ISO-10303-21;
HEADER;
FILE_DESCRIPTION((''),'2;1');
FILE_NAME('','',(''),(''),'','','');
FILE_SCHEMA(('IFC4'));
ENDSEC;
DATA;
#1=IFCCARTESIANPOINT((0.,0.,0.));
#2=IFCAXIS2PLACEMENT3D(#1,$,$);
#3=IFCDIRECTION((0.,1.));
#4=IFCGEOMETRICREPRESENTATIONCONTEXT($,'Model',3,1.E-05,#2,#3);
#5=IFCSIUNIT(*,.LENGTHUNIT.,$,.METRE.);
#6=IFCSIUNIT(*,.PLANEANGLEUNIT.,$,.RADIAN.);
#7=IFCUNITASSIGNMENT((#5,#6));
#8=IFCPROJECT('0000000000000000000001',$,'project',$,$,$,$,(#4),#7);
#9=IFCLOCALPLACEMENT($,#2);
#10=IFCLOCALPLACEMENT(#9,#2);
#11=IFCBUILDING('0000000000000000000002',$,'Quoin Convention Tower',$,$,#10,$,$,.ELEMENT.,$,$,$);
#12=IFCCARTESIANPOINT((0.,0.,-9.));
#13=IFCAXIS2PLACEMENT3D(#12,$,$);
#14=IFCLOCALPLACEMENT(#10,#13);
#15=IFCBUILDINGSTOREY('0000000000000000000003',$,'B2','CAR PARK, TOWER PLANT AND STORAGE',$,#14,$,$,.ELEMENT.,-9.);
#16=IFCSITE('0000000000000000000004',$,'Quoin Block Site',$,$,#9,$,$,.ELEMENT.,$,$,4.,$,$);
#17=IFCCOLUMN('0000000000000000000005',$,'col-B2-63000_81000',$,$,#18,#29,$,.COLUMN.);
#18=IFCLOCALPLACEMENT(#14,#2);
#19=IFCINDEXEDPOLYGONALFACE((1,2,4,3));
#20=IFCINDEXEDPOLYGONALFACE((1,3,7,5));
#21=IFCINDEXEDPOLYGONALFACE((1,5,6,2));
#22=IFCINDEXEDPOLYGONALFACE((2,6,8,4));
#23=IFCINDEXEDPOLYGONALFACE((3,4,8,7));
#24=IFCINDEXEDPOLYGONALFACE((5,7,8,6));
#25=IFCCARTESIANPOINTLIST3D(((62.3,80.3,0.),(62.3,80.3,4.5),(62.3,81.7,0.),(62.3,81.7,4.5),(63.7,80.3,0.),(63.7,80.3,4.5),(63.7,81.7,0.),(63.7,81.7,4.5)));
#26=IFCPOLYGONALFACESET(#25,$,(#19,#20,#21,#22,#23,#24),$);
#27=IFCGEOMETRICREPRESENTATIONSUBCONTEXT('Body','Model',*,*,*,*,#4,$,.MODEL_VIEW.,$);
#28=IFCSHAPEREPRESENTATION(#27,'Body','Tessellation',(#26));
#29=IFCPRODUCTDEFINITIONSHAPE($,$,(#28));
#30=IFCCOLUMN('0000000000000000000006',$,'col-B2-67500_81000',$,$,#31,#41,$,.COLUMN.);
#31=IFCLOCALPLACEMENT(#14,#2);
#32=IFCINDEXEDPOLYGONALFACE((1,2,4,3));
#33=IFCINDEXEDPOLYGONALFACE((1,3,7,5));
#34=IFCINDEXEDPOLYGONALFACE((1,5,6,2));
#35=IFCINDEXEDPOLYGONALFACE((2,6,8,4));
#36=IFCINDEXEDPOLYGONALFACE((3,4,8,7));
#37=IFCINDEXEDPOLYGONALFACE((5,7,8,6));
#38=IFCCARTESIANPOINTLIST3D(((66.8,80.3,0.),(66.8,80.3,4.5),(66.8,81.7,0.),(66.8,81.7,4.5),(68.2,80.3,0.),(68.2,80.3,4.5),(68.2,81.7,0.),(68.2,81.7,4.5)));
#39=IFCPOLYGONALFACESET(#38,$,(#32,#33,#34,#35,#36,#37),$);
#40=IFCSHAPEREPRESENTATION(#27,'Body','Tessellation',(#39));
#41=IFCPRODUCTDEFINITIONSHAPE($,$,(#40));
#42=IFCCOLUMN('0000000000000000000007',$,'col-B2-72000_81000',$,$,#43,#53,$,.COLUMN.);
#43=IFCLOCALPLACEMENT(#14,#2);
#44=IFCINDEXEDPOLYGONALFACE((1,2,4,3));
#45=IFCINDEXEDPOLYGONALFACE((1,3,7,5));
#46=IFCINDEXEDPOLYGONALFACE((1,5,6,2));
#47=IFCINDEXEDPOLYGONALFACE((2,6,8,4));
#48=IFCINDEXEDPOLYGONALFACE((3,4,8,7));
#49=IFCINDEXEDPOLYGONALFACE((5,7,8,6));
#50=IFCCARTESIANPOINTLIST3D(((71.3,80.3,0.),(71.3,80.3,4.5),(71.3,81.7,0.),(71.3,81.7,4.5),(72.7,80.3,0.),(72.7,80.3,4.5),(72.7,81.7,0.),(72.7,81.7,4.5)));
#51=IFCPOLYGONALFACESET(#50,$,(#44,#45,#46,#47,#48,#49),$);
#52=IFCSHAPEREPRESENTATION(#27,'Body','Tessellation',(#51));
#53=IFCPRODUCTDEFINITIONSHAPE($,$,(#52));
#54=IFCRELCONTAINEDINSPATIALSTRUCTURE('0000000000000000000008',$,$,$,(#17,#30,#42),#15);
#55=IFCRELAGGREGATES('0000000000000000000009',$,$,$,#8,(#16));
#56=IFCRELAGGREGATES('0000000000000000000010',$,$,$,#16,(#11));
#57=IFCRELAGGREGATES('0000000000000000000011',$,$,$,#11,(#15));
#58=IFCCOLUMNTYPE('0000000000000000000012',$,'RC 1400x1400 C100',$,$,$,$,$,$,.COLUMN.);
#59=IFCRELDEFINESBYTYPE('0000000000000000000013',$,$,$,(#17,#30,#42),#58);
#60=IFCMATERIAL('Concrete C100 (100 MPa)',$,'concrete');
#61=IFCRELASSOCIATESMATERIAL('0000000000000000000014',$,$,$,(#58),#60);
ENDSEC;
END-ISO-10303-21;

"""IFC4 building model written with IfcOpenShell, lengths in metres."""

from ifc_helpers import new_model, si_unit, direction, frame, origin, origin_2d, place, context, subcontext, project, spatial, rectangle, extrude, material, material_profile, profile_set, type_object, element, save


model = new_model("IFC4")

# Units and contexts
model_context = context("Model", 3, precision=1e-05, world=origin(), true_north=direction((0.0, 1.0)))
body_context = subcontext(model_context, "Body", "Model", "MODEL_VIEW")
ifc_project = project(units=[si_unit("LENGTHUNIT", "METRE"), si_unit("PLANEANGLEUNIT", "RADIAN")], contexts=[model_context])

# Site, building, storey
site_placement = place(None, origin())
site = spatial("IfcSite", under=ifc_project, at=site_placement, Name="Quoin Block Site", CompositionType="ELEMENT", RefElevation=4.0)
building_placement = place(site_placement, origin())
building = spatial("IfcBuilding", under=site, at=building_placement, Name="Quoin Convention Tower", CompositionType="ELEMENT")
storey_placement = place(building_placement, frame((0.0, 0.0, -9.0)))
storey = spatial("IfcBuildingStorey", under=building, at=storey_placement, Name="B2", Description="CAR PARK, TOWER PLANT AND STORAGE", CompositionType="ELEMENT", Elevation=-9.0)

# Columns
ifc_material_1 = material(Name="Concrete C100 (100 MPa)", Category="concrete")
ifc_material_profile_1 = material_profile(ifc_material_1, rectangle(XDim=1.3999, YDim=1.3999, at=origin_2d()), Name="RC 1400x1400")
ifc_profile_set_1 = profile_set([ifc_material_profile_1], Name="Concrete C100 (100 MPa)")
column_type_1 = type_object("IfcColumnType", Name="RC 1400x1400 C100", PredefinedType="COLUMN", material=ifc_profile_set_1)
for number, where, z_axis, x_axis, name in (
    (1, (63.0, 81.0, 0.0), (0.0, 0.0, 1.0), (1.0, 0.0, 0.0), "col-B2-63000_81000"),
    (2, (67.5, 81.0, 0.0), (0.0, 0.0, 1.0), (1.0, 0.0, 0.0), "col-B2-67500_81000"),
    (3, (72.0, 81.0, 0.0), (0.0, 0.0, 1.0), (1.0, 0.0, 0.0), "col-B2-72000_81000"),
):
    element("IfcColumn", number, at=place(storey_placement, frame(where, z_axis=z_axis, x_axis=x_axis)), inside=storey, type_object=column_type_1, Name=name, PredefinedType="COLUMN", context=body_context, shape_type="SweptSolid", body=[
        extrude(rectangle(XDim=1.3999, YDim=1.3999, at=origin_2d()), origin(), (0.0, 0.0, 1.0), 4.5),
    ])

save(model, "model.ifc")
